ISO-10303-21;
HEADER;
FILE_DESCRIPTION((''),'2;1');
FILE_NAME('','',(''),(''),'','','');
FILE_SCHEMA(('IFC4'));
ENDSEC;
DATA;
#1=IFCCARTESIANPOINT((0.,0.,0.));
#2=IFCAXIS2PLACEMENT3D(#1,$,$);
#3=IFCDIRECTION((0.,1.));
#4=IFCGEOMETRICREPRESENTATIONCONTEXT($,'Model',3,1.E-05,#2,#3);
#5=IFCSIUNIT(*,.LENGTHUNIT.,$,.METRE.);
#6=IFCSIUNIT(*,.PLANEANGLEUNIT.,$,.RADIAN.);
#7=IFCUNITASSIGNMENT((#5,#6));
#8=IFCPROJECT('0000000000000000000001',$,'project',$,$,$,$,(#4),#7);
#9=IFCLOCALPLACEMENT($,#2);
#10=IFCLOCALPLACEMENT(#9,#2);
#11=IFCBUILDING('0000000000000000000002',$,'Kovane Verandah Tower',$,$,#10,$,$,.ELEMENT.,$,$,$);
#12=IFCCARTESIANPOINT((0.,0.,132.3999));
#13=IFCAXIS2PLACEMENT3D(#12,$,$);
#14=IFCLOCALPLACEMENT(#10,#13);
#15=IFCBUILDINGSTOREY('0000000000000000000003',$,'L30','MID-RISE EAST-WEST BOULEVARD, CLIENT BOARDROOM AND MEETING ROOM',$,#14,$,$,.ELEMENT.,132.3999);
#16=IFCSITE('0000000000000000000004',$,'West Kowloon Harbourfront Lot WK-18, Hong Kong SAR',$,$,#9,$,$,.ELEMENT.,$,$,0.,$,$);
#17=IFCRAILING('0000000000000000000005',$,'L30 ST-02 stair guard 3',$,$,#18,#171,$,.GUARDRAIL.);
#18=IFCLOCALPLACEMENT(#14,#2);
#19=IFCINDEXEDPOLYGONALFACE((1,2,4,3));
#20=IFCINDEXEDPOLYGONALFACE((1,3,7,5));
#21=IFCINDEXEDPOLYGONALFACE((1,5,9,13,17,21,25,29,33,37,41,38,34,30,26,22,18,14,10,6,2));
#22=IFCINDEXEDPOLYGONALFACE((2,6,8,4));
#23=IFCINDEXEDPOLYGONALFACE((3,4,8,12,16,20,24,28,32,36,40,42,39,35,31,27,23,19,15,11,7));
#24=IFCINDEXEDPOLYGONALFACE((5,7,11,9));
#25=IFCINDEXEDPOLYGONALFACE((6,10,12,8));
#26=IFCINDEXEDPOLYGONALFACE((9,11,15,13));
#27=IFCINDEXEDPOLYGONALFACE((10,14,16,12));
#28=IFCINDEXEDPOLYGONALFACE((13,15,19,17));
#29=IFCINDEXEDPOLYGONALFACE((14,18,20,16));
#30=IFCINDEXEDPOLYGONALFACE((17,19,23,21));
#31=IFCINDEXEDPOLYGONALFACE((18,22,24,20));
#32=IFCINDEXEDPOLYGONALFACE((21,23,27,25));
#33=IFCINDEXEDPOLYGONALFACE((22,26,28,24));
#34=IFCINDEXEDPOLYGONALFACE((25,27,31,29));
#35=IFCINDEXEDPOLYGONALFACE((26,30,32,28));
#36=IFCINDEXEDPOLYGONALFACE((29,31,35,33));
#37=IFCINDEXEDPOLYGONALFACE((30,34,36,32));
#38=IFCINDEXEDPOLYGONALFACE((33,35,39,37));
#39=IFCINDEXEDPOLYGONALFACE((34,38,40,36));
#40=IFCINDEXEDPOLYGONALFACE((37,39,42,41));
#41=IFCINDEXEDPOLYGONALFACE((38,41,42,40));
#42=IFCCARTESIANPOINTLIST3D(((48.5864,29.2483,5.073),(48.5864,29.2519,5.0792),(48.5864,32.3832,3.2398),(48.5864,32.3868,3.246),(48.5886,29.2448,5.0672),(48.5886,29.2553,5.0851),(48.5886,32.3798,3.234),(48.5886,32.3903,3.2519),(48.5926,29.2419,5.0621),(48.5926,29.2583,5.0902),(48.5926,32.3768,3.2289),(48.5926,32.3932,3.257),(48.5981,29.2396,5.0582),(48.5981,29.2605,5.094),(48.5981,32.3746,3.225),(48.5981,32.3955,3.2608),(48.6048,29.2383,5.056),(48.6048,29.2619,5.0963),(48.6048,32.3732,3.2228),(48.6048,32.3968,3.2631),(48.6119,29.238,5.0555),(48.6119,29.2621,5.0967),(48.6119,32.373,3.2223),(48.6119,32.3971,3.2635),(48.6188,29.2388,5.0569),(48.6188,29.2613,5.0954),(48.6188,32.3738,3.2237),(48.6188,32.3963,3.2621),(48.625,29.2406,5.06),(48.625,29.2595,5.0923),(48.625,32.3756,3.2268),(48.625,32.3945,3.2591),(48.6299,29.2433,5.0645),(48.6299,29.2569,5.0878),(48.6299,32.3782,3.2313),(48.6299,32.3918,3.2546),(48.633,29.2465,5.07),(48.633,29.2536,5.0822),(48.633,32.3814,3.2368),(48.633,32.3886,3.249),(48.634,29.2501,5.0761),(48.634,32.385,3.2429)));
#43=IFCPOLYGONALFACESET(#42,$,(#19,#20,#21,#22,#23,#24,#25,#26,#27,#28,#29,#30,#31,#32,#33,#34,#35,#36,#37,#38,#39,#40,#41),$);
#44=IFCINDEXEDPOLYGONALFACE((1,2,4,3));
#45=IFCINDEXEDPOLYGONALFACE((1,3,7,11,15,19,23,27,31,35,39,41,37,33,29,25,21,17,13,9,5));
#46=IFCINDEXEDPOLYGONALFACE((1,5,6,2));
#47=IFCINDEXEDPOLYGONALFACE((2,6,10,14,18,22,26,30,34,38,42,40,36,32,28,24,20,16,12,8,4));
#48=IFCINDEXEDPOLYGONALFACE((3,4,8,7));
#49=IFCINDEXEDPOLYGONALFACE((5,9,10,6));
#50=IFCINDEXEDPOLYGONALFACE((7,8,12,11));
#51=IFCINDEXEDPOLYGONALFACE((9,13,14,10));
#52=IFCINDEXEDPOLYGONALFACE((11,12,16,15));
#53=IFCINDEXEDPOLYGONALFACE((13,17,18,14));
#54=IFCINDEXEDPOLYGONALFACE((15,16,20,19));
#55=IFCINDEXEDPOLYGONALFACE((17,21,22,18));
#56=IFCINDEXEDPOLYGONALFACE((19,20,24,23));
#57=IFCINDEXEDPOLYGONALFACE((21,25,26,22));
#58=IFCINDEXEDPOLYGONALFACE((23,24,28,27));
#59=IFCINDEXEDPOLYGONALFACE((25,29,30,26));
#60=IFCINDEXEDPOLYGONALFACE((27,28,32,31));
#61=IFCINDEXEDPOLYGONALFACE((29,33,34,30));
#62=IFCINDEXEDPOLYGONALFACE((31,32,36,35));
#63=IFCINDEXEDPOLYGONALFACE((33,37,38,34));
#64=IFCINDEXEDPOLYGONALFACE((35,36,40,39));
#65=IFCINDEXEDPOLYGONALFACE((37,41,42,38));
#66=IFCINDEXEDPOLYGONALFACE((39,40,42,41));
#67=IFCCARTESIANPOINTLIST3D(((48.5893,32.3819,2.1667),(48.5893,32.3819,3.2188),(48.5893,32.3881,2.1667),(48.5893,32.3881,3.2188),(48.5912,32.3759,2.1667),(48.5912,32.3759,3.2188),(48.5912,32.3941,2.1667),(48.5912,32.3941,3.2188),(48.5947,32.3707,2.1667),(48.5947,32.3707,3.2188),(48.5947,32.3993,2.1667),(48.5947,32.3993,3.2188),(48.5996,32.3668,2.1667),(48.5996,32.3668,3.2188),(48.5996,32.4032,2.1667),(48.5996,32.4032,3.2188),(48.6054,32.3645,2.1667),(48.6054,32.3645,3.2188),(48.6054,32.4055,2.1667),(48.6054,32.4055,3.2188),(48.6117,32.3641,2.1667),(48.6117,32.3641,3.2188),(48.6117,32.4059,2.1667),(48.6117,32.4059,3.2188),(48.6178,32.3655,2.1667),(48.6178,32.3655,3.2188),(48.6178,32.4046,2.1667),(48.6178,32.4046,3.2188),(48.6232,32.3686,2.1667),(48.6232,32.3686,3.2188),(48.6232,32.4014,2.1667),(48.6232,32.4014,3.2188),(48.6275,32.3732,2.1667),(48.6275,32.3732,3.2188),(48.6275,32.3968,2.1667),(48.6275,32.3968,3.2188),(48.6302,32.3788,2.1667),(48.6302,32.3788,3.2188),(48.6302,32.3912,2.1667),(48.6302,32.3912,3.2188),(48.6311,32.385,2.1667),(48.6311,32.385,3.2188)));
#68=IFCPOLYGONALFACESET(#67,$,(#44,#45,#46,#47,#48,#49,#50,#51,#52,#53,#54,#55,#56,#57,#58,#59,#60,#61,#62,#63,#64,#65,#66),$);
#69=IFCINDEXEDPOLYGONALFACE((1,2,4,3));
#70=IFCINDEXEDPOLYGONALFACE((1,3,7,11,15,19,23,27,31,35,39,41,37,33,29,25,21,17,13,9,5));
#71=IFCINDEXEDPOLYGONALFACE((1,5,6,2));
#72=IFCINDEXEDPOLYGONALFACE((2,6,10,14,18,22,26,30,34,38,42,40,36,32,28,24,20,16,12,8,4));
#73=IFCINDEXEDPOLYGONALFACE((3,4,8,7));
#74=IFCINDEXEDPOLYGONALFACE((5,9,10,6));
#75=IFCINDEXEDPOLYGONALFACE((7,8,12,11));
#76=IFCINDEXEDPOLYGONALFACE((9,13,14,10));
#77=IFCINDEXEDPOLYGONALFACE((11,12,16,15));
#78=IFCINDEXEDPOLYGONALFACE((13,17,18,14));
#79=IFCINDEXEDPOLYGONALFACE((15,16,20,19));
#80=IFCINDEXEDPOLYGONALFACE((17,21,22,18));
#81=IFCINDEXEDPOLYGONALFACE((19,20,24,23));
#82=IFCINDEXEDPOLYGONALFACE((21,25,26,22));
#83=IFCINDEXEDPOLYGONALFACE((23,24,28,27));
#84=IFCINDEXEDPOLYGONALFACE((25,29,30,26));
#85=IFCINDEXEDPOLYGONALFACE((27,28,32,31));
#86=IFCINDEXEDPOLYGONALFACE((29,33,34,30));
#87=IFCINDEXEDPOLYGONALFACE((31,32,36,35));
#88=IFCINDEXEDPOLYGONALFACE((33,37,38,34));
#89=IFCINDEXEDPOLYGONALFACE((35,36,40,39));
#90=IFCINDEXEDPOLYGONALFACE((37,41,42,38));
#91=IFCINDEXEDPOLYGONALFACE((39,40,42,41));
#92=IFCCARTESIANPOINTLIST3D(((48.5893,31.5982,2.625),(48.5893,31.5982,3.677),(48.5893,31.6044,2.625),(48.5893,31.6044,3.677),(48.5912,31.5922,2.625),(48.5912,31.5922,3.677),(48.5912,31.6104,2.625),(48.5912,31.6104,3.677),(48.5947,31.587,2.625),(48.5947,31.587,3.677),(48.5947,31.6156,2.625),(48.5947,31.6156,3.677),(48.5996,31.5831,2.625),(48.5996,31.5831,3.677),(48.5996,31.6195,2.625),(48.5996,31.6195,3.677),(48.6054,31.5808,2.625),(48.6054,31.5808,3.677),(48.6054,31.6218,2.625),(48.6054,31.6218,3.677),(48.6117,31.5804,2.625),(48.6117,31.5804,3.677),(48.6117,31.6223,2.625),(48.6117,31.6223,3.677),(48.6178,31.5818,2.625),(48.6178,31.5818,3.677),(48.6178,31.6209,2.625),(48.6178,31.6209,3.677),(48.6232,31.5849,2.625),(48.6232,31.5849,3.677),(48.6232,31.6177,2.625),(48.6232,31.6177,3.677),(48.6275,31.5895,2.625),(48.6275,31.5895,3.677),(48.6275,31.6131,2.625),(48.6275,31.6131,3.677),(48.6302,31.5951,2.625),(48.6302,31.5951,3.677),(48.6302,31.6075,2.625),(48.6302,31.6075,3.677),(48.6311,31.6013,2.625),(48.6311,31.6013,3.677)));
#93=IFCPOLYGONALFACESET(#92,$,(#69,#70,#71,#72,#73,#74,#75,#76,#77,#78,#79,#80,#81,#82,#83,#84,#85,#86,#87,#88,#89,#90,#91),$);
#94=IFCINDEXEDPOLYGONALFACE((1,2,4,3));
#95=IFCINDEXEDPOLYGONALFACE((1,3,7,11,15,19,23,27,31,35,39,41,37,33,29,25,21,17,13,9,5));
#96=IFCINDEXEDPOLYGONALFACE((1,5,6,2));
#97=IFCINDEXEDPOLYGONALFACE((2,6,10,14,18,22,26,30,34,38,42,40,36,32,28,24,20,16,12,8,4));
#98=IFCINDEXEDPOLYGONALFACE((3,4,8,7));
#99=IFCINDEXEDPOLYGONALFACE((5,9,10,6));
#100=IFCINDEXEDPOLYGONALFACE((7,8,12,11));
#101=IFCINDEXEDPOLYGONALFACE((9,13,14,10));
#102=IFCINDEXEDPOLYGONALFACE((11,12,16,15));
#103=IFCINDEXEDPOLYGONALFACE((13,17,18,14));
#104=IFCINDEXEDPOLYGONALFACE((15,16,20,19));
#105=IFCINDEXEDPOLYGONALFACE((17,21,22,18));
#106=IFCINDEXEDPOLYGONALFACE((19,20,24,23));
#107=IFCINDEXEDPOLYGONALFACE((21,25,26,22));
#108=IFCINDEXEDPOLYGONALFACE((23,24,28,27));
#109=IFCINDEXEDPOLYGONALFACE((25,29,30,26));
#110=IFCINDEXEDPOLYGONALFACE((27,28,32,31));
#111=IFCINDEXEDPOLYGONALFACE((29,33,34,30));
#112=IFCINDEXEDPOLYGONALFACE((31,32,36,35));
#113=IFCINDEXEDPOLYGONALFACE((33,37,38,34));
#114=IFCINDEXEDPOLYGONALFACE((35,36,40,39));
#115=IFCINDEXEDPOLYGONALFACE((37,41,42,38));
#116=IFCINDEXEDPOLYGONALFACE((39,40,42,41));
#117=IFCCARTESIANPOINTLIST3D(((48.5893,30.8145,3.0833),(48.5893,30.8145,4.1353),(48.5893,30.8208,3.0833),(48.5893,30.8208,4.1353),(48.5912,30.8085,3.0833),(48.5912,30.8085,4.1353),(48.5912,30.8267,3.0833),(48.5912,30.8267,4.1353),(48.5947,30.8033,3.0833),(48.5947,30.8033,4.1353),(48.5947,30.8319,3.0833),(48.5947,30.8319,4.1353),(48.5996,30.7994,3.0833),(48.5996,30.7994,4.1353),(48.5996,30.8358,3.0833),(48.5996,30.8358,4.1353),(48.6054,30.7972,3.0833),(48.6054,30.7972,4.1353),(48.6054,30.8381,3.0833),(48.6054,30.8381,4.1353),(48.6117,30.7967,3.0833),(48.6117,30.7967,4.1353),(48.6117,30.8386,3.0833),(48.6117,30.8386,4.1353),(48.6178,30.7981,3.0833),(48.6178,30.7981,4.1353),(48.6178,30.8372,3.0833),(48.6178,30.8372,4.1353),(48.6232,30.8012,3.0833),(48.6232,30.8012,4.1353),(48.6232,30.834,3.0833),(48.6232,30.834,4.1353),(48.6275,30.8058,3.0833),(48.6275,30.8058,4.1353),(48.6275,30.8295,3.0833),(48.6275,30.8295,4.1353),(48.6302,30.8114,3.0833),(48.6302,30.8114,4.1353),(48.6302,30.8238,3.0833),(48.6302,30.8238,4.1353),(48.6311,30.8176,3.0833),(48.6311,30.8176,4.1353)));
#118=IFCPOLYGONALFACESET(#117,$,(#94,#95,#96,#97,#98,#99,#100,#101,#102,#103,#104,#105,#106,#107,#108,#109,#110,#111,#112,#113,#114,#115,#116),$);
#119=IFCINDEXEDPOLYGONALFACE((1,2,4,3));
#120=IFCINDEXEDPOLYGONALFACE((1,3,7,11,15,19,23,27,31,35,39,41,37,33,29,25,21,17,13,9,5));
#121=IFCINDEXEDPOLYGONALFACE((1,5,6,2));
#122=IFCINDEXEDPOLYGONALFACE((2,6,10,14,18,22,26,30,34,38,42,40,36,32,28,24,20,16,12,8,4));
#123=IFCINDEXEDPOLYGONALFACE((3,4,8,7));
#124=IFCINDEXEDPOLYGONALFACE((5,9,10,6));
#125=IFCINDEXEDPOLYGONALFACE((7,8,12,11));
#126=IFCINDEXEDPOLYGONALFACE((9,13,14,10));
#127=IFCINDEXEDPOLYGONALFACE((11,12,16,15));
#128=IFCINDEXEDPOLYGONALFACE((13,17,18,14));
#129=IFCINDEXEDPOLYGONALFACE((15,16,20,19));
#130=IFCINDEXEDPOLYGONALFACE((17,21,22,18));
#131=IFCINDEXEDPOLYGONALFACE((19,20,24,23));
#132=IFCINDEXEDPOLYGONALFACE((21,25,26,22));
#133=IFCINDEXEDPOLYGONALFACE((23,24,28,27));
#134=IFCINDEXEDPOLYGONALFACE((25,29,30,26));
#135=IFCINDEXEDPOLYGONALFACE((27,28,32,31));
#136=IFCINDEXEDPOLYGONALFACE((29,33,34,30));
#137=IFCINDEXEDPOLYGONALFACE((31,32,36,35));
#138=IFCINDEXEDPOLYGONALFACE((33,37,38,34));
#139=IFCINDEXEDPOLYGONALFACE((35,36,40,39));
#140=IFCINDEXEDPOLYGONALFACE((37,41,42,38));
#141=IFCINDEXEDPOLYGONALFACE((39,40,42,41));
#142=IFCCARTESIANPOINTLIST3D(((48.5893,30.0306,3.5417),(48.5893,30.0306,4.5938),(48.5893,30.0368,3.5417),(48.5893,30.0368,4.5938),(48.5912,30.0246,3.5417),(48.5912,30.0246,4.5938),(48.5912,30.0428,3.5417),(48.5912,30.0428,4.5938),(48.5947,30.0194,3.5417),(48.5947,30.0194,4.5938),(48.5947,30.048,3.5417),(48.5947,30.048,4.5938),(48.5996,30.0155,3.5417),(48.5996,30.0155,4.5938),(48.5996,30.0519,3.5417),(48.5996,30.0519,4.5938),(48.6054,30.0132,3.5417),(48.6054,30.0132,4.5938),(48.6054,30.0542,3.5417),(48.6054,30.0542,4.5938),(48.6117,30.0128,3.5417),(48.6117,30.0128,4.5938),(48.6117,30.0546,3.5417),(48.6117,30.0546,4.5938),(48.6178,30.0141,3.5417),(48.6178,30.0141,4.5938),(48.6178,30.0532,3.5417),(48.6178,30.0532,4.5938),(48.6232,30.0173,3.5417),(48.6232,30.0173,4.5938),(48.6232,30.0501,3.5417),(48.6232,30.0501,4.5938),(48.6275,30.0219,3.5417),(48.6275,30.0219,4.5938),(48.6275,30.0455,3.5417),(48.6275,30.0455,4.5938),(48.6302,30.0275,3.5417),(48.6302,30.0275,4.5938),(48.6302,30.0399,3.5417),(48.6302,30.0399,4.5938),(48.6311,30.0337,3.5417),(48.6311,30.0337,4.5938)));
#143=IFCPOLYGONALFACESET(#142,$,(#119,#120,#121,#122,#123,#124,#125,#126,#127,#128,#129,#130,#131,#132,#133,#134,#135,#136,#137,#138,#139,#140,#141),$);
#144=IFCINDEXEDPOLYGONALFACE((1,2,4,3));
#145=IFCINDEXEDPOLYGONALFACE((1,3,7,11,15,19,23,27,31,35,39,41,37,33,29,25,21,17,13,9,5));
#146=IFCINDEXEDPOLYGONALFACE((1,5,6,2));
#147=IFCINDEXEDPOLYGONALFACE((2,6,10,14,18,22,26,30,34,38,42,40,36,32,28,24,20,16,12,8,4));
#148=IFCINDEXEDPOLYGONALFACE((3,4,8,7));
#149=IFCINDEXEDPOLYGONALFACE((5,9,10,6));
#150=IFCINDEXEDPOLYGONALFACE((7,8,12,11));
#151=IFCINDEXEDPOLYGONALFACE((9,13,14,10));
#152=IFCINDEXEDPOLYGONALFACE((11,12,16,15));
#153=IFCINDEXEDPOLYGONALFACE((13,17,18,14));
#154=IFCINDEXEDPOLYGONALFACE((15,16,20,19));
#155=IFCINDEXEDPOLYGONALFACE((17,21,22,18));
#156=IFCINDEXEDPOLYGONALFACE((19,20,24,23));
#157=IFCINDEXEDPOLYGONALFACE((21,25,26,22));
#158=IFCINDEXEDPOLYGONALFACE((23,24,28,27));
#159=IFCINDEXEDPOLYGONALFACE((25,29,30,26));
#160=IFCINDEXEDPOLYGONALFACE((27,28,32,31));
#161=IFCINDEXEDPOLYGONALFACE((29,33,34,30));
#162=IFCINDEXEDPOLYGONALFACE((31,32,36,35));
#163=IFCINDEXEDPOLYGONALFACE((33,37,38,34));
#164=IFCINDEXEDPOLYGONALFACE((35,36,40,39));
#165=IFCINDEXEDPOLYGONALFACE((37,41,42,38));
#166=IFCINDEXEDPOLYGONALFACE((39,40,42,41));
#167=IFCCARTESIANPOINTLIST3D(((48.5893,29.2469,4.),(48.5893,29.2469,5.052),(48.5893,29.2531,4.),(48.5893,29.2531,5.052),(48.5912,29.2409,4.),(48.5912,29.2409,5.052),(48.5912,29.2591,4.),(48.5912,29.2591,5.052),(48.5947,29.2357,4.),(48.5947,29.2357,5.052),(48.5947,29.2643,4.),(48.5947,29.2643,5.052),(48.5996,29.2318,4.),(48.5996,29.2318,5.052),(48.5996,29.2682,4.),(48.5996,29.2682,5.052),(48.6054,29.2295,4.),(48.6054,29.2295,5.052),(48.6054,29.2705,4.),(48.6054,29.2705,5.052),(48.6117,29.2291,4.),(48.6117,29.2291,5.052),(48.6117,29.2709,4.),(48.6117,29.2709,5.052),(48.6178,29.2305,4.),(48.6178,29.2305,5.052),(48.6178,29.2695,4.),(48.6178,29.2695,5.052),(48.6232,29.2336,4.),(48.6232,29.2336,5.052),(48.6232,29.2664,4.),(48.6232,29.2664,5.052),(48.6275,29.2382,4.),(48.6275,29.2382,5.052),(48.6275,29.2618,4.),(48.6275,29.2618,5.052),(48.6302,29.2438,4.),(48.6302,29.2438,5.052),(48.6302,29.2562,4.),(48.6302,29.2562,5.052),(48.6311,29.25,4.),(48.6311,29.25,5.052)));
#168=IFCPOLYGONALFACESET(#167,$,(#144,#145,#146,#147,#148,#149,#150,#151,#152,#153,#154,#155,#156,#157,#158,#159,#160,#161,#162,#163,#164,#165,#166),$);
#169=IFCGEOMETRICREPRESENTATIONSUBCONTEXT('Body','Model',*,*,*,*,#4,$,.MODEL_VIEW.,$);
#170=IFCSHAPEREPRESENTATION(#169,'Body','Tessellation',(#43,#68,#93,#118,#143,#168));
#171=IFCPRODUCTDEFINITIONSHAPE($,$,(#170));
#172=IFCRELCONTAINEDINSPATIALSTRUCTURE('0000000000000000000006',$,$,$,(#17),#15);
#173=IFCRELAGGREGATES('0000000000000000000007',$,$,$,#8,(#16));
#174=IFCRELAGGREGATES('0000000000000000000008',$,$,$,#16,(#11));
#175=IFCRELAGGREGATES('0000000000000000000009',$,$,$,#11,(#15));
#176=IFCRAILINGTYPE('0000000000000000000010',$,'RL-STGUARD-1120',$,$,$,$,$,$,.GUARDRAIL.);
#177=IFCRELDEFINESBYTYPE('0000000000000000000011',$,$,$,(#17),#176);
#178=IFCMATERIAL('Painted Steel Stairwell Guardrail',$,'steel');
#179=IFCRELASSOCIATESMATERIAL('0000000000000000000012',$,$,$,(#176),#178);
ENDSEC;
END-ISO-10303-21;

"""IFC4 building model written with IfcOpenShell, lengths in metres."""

from ifc_helpers import new_model, si_unit, direction, frame, origin, origin_2d, place, context, subcontext, project, spatial, circle, extrude, material, type_object, element, save


model = new_model("IFC4")

# Units and contexts
model_context = context("Model", 3, precision=1e-05, world=origin(), true_north=direction((0.0, 1.0)))
body_context = subcontext(model_context, "Body", "Model", "MODEL_VIEW")
ifc_project = project(units=[si_unit("LENGTHUNIT", "METRE"), si_unit("PLANEANGLEUNIT", "RADIAN")], contexts=[model_context])

# Site, building, storey
site_placement = place(None, origin())
site = spatial("IfcSite", under=ifc_project, at=site_placement, Name="West Kowloon Harbourfront Lot WK-18, Hong Kong SAR", CompositionType="ELEMENT", RefElevation=0.0)
building_placement = place(site_placement, origin())
building = spatial("IfcBuilding", under=site, at=building_placement, Name="Kovane Verandah Tower", CompositionType="ELEMENT")
storey_placement = place(building_placement, frame((0.0, 0.0, 132.3999)))
storey = spatial("IfcBuildingStorey", under=building, at=storey_placement, Name="L30", Description="MID-RISE EAST-WEST BOULEVARD, CLIENT BOARDROOM AND MEETING ROOM", CompositionType="ELEMENT", Elevation=132.3999)

# Railing
ifc_material_1 = material(Name="Painted Steel Stairwell Guardrail", Category="steel")
railing_type_1 = type_object("IfcRailingType", Name="RL-STGUARD-1120", PredefinedType="GUARDRAIL", material=ifc_material_1)
railing_1_placement = place(storey_placement, frame((48.6101, 32.385, 2.1667)))
element("IfcRailing", 1, at=railing_1_placement, inside=storey, type_object=railing_type_1, Name="L30 ST-02 stair guard 3", PredefinedType="GUARDRAIL", context=body_context, shape_type="SweptSolid", body=[
    extrude(circle(Radius=0.0239, at=origin_2d()), frame((0.0, 0.0, 1.0762), z_axis=(0.0, -0.86324, 0.504794), x_axis=(1.0, 0.0, 0.0)), (0.0, 0.0, 1.0), 3.6316),
    extrude(circle(Radius=0.021, at=origin_2d()), origin(), (0.0, 0.0, 1.0), 1.052),
    extrude(circle(Radius=0.021, at=origin_2d()), frame((0.0, -0.7837, 0.4583)), (0.0, 0.0, 1.0), 1.052),
    extrude(circle(Radius=0.021, at=origin_2d()), frame((0.0, -1.5674, 0.9165)), (0.0, 0.0, 1.0), 1.052),
    extrude(circle(Radius=0.021, at=origin_2d()), frame((0.0, -2.3513, 1.375)), (0.0, 0.0, 1.0), 1.052),
    extrude(circle(Radius=0.021, at=origin_2d()), frame((0.0, -3.135, 1.8333)), (0.0, 0.0, 1.0), 1.052),
])

save(model, "model.ifc")
